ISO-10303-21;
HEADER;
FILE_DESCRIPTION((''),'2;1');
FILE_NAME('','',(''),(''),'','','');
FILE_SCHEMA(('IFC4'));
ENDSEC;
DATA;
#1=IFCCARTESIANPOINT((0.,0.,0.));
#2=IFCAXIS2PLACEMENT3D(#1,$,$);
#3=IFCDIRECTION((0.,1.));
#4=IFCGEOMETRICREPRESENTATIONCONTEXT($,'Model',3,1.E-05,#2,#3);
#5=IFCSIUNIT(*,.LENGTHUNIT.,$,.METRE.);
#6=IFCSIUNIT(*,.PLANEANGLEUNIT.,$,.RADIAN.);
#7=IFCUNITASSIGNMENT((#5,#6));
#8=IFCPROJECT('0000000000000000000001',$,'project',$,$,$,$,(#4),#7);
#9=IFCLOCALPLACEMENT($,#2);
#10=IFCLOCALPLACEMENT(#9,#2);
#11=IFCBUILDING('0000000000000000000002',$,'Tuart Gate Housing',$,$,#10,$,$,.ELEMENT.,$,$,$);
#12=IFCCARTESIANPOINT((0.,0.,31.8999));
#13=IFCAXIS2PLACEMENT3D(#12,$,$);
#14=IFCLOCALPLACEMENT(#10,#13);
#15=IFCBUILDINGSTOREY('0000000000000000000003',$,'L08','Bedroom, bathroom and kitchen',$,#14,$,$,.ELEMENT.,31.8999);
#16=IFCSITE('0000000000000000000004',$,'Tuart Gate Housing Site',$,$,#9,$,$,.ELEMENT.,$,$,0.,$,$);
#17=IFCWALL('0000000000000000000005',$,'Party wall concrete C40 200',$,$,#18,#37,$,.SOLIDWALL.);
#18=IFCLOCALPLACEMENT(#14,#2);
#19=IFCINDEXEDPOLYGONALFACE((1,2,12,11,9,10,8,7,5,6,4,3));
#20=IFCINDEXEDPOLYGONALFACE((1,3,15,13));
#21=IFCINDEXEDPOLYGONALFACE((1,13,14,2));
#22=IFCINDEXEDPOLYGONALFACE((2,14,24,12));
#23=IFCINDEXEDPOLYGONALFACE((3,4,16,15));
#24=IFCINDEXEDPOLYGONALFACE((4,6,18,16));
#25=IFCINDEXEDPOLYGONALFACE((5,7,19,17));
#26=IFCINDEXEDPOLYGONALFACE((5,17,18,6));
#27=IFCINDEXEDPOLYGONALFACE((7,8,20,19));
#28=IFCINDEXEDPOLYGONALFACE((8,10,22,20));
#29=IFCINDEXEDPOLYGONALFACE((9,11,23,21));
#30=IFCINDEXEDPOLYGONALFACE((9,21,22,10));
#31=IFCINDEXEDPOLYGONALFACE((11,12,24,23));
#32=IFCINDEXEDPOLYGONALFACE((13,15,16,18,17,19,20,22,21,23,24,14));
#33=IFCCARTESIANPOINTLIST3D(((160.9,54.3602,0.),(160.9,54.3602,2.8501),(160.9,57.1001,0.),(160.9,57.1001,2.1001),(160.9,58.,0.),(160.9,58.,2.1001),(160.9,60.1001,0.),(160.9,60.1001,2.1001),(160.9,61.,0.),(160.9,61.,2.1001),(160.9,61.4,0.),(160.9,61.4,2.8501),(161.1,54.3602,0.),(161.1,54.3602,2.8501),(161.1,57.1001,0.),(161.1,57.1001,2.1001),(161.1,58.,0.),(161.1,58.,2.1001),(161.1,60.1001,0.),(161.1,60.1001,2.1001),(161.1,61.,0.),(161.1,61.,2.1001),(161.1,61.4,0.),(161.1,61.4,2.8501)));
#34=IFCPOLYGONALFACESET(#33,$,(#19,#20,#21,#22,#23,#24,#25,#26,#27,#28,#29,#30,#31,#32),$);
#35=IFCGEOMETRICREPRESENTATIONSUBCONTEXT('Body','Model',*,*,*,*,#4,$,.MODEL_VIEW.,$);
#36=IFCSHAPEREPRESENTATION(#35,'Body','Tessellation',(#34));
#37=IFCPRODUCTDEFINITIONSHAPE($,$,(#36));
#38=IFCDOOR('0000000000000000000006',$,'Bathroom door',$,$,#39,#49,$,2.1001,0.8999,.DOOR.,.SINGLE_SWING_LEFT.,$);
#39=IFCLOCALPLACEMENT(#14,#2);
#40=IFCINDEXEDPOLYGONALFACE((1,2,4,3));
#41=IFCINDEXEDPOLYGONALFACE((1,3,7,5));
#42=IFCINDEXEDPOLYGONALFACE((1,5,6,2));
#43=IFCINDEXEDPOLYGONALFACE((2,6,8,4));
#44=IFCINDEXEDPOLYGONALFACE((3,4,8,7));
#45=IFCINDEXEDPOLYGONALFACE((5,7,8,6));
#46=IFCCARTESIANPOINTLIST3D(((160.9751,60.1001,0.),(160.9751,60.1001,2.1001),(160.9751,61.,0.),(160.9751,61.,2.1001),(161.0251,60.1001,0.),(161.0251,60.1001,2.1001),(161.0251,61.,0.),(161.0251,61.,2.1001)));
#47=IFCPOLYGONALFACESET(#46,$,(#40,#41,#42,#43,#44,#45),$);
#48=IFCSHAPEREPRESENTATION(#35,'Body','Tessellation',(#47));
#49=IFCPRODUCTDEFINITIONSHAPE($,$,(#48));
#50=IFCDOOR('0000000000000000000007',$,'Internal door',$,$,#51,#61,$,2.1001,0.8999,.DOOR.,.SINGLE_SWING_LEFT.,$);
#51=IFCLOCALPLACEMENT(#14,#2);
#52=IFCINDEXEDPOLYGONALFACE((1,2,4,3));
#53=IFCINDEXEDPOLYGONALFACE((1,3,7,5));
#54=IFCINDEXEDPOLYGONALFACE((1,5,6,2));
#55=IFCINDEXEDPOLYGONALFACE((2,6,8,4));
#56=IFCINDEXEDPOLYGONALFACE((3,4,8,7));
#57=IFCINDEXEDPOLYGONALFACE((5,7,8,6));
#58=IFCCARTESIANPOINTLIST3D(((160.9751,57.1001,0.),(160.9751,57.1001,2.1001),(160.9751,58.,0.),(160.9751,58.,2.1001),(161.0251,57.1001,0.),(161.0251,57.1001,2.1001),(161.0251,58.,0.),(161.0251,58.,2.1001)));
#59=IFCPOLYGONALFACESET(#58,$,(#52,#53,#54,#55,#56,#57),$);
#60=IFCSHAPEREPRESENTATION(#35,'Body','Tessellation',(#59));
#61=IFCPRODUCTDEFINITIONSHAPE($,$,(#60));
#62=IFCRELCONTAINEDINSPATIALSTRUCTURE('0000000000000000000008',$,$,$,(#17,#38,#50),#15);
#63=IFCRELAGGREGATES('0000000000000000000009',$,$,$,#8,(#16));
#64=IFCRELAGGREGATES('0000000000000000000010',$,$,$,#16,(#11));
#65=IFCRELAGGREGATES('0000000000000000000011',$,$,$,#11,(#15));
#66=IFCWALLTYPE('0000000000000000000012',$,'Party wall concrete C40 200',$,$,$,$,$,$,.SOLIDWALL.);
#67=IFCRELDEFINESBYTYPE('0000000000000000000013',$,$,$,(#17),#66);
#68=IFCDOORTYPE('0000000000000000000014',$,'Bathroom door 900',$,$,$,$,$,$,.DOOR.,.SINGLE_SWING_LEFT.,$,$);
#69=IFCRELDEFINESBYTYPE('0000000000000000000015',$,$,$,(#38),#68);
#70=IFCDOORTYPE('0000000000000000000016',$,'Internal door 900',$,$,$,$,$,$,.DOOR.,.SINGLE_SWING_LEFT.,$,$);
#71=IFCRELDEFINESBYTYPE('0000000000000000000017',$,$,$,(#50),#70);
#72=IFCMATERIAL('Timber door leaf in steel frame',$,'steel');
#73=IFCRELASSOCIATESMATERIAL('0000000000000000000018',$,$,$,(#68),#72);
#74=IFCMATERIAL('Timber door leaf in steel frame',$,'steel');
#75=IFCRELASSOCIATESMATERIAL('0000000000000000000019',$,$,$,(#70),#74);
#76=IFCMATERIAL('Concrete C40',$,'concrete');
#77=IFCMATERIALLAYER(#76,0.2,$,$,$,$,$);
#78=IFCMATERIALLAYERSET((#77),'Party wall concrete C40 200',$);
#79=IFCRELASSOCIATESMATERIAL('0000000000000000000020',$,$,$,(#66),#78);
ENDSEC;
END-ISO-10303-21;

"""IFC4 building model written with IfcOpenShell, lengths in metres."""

from ifc_helpers import new_model, si_unit, direction, frame, frame_2d, origin, place, context, subcontext, project, spatial, rectangle, extrude, material, layer, layer_set, type_object, element, fill, save


model = new_model("IFC4")

# Units and contexts
model_context = context("Model", 3, precision=1e-05, world=origin(), true_north=direction((0.0, 1.0)))
body_context = subcontext(model_context, "Body", "Model", "MODEL_VIEW")
ifc_project = project(units=[si_unit("LENGTHUNIT", "METRE"), si_unit("PLANEANGLEUNIT", "RADIAN")], contexts=[model_context])

# Site, building, storey
site_placement = place(None, origin())
site = spatial("IfcSite", under=ifc_project, at=site_placement, Name="Tuart Gate Housing Site", CompositionType="ELEMENT", RefElevation=0.0)
building_placement = place(site_placement, origin())
building = spatial("IfcBuilding", under=site, at=building_placement, Name="Tuart Gate Housing", CompositionType="ELEMENT")
storey_placement = place(building_placement, frame((0.0, 0.0, 31.8999)))
storey = spatial("IfcBuildingStorey", under=building, at=storey_placement, Name="L08", Description="Bedroom, bathroom and kitchen", CompositionType="ELEMENT", Elevation=31.8999)

# Shared definitions
ifc_material_1 = material(Name="Timber door leaf in steel frame", Category="steel")
door_type_1 = type_object("IfcDoorType", Name="Bathroom door 900", OperationType="SINGLE_SWING_LEFT", PredefinedType="DOOR", material=ifc_material_1)
ifc_material_2 = material(Name="Timber door leaf in steel frame", Category="steel")
door_type_2 = type_object("IfcDoorType", Name="Internal door 900", OperationType="SINGLE_SWING_LEFT", PredefinedType="DOOR", material=ifc_material_2)

# Shared definitions
ifc_material_3 = material(Name="Concrete C40", Category="concrete")
ifc_layer_1 = layer(ifc_material_3, 0.2)
ifc_layer_set_1 = layer_set([ifc_layer_1], Name="Party wall concrete C40 200")
wall_type_1 = type_object("IfcWallType", Name="Party wall concrete C40 200", PredefinedType="SOLIDWALL", material=ifc_layer_set_1)

# Wall, openings, doors
wall_1_placement = place(storey_placement, frame((161.0, 54.3601, 0.0), z_axis=(0.0, 0.0, 1.0), x_axis=(0.0, 1.0, 0.0)))
wall_1 = element("IfcWall", 1, at=wall_1_placement, inside=storey, type_object=wall_type_1, Name="Party wall concrete C40 200", PredefinedType="SOLIDWALL", context=body_context, shape_type="SweptSolid", body=[
    extrude(rectangle(XDim=7.0398, YDim=0.2, at=frame_2d((3.52, 0.0))), origin(), (0.0, 0.0, 1.0), 2.8501),
])
opening_1_placement = place(wall_1_placement, frame((2.74, 0.0, 0.0)))
opening_1 = element("IfcOpeningElement", 2, at=opening_1_placement, cuts=wall_1, PredefinedType="OPENING", context=body_context, shape_type="SweptSolid", body=[
    extrude(rectangle(XDim=0.8999, YDim=2.1001, at=frame_2d((0.45, 1.05))), frame((0.0, 0.1099, 0.0), z_axis=(0.0, -1.0, 0.0), x_axis=(1.0, 0.0, 0.0)), (0.0, 0.0, 1.0), 0.22),
])
opening_2_placement = place(wall_1_placement, frame((5.74, 0.0, 0.0)))
opening_2 = element("IfcOpeningElement", 3, at=opening_2_placement, cuts=wall_1, PredefinedType="OPENING", context=body_context, shape_type="SweptSolid", body=[
    extrude(rectangle(XDim=0.8999, YDim=2.1001, at=frame_2d((0.45, 1.05))), frame((0.0, 0.1099, 0.0), z_axis=(0.0, -1.0, 0.0), x_axis=(1.0, 0.0, 0.0)), (0.0, 0.0, 1.0), 0.22),
])
door_1_placement = place(opening_2_placement, frame((0.8999, 0.0, 0.0), z_axis=(0.0, 0.0, 1.0), x_axis=(-1.0, 0.0, 0.0)))
door_1 = element("IfcDoor", 4, at=door_1_placement, inside=storey, type_object=door_type_1, Name="Bathroom door", OperationType="SINGLE_SWING_LEFT", OverallHeight=2.1001, OverallWidth=0.8999, PredefinedType="DOOR", context=body_context, shape_type="SweptSolid", body=[
    extrude(rectangle(XDim=0.8999, YDim=2.1001, at=frame_2d((0.45, 1.05))), frame((0.0, 0.0251, 0.0), z_axis=(0.0, -1.0, 0.0), x_axis=(1.0, 0.0, 0.0)), (0.0, 0.0, 1.0), 0.05),
])
fill(opening_2, door_1)
door_2_placement = place(opening_1_placement, frame((0.8999, 0.0, 0.0), z_axis=(0.0, 0.0, 1.0), x_axis=(-1.0, 0.0, 0.0)))
door_2 = element("IfcDoor", 5, at=door_2_placement, inside=storey, type_object=door_type_2, Name="Internal door", OperationType="SINGLE_SWING_LEFT", OverallHeight=2.1001, OverallWidth=0.8999, PredefinedType="DOOR", context=body_context, shape_type="SweptSolid", body=[
    extrude(rectangle(XDim=0.8999, YDim=2.1001, at=frame_2d((0.45, 1.05))), frame((0.0, 0.0251, 0.0), z_axis=(0.0, -1.0, 0.0), x_axis=(1.0, 0.0, 0.0)), (0.0, 0.0, 1.0), 0.05),
])
fill(opening_1, door_2)

save(model, "model.ifc")
